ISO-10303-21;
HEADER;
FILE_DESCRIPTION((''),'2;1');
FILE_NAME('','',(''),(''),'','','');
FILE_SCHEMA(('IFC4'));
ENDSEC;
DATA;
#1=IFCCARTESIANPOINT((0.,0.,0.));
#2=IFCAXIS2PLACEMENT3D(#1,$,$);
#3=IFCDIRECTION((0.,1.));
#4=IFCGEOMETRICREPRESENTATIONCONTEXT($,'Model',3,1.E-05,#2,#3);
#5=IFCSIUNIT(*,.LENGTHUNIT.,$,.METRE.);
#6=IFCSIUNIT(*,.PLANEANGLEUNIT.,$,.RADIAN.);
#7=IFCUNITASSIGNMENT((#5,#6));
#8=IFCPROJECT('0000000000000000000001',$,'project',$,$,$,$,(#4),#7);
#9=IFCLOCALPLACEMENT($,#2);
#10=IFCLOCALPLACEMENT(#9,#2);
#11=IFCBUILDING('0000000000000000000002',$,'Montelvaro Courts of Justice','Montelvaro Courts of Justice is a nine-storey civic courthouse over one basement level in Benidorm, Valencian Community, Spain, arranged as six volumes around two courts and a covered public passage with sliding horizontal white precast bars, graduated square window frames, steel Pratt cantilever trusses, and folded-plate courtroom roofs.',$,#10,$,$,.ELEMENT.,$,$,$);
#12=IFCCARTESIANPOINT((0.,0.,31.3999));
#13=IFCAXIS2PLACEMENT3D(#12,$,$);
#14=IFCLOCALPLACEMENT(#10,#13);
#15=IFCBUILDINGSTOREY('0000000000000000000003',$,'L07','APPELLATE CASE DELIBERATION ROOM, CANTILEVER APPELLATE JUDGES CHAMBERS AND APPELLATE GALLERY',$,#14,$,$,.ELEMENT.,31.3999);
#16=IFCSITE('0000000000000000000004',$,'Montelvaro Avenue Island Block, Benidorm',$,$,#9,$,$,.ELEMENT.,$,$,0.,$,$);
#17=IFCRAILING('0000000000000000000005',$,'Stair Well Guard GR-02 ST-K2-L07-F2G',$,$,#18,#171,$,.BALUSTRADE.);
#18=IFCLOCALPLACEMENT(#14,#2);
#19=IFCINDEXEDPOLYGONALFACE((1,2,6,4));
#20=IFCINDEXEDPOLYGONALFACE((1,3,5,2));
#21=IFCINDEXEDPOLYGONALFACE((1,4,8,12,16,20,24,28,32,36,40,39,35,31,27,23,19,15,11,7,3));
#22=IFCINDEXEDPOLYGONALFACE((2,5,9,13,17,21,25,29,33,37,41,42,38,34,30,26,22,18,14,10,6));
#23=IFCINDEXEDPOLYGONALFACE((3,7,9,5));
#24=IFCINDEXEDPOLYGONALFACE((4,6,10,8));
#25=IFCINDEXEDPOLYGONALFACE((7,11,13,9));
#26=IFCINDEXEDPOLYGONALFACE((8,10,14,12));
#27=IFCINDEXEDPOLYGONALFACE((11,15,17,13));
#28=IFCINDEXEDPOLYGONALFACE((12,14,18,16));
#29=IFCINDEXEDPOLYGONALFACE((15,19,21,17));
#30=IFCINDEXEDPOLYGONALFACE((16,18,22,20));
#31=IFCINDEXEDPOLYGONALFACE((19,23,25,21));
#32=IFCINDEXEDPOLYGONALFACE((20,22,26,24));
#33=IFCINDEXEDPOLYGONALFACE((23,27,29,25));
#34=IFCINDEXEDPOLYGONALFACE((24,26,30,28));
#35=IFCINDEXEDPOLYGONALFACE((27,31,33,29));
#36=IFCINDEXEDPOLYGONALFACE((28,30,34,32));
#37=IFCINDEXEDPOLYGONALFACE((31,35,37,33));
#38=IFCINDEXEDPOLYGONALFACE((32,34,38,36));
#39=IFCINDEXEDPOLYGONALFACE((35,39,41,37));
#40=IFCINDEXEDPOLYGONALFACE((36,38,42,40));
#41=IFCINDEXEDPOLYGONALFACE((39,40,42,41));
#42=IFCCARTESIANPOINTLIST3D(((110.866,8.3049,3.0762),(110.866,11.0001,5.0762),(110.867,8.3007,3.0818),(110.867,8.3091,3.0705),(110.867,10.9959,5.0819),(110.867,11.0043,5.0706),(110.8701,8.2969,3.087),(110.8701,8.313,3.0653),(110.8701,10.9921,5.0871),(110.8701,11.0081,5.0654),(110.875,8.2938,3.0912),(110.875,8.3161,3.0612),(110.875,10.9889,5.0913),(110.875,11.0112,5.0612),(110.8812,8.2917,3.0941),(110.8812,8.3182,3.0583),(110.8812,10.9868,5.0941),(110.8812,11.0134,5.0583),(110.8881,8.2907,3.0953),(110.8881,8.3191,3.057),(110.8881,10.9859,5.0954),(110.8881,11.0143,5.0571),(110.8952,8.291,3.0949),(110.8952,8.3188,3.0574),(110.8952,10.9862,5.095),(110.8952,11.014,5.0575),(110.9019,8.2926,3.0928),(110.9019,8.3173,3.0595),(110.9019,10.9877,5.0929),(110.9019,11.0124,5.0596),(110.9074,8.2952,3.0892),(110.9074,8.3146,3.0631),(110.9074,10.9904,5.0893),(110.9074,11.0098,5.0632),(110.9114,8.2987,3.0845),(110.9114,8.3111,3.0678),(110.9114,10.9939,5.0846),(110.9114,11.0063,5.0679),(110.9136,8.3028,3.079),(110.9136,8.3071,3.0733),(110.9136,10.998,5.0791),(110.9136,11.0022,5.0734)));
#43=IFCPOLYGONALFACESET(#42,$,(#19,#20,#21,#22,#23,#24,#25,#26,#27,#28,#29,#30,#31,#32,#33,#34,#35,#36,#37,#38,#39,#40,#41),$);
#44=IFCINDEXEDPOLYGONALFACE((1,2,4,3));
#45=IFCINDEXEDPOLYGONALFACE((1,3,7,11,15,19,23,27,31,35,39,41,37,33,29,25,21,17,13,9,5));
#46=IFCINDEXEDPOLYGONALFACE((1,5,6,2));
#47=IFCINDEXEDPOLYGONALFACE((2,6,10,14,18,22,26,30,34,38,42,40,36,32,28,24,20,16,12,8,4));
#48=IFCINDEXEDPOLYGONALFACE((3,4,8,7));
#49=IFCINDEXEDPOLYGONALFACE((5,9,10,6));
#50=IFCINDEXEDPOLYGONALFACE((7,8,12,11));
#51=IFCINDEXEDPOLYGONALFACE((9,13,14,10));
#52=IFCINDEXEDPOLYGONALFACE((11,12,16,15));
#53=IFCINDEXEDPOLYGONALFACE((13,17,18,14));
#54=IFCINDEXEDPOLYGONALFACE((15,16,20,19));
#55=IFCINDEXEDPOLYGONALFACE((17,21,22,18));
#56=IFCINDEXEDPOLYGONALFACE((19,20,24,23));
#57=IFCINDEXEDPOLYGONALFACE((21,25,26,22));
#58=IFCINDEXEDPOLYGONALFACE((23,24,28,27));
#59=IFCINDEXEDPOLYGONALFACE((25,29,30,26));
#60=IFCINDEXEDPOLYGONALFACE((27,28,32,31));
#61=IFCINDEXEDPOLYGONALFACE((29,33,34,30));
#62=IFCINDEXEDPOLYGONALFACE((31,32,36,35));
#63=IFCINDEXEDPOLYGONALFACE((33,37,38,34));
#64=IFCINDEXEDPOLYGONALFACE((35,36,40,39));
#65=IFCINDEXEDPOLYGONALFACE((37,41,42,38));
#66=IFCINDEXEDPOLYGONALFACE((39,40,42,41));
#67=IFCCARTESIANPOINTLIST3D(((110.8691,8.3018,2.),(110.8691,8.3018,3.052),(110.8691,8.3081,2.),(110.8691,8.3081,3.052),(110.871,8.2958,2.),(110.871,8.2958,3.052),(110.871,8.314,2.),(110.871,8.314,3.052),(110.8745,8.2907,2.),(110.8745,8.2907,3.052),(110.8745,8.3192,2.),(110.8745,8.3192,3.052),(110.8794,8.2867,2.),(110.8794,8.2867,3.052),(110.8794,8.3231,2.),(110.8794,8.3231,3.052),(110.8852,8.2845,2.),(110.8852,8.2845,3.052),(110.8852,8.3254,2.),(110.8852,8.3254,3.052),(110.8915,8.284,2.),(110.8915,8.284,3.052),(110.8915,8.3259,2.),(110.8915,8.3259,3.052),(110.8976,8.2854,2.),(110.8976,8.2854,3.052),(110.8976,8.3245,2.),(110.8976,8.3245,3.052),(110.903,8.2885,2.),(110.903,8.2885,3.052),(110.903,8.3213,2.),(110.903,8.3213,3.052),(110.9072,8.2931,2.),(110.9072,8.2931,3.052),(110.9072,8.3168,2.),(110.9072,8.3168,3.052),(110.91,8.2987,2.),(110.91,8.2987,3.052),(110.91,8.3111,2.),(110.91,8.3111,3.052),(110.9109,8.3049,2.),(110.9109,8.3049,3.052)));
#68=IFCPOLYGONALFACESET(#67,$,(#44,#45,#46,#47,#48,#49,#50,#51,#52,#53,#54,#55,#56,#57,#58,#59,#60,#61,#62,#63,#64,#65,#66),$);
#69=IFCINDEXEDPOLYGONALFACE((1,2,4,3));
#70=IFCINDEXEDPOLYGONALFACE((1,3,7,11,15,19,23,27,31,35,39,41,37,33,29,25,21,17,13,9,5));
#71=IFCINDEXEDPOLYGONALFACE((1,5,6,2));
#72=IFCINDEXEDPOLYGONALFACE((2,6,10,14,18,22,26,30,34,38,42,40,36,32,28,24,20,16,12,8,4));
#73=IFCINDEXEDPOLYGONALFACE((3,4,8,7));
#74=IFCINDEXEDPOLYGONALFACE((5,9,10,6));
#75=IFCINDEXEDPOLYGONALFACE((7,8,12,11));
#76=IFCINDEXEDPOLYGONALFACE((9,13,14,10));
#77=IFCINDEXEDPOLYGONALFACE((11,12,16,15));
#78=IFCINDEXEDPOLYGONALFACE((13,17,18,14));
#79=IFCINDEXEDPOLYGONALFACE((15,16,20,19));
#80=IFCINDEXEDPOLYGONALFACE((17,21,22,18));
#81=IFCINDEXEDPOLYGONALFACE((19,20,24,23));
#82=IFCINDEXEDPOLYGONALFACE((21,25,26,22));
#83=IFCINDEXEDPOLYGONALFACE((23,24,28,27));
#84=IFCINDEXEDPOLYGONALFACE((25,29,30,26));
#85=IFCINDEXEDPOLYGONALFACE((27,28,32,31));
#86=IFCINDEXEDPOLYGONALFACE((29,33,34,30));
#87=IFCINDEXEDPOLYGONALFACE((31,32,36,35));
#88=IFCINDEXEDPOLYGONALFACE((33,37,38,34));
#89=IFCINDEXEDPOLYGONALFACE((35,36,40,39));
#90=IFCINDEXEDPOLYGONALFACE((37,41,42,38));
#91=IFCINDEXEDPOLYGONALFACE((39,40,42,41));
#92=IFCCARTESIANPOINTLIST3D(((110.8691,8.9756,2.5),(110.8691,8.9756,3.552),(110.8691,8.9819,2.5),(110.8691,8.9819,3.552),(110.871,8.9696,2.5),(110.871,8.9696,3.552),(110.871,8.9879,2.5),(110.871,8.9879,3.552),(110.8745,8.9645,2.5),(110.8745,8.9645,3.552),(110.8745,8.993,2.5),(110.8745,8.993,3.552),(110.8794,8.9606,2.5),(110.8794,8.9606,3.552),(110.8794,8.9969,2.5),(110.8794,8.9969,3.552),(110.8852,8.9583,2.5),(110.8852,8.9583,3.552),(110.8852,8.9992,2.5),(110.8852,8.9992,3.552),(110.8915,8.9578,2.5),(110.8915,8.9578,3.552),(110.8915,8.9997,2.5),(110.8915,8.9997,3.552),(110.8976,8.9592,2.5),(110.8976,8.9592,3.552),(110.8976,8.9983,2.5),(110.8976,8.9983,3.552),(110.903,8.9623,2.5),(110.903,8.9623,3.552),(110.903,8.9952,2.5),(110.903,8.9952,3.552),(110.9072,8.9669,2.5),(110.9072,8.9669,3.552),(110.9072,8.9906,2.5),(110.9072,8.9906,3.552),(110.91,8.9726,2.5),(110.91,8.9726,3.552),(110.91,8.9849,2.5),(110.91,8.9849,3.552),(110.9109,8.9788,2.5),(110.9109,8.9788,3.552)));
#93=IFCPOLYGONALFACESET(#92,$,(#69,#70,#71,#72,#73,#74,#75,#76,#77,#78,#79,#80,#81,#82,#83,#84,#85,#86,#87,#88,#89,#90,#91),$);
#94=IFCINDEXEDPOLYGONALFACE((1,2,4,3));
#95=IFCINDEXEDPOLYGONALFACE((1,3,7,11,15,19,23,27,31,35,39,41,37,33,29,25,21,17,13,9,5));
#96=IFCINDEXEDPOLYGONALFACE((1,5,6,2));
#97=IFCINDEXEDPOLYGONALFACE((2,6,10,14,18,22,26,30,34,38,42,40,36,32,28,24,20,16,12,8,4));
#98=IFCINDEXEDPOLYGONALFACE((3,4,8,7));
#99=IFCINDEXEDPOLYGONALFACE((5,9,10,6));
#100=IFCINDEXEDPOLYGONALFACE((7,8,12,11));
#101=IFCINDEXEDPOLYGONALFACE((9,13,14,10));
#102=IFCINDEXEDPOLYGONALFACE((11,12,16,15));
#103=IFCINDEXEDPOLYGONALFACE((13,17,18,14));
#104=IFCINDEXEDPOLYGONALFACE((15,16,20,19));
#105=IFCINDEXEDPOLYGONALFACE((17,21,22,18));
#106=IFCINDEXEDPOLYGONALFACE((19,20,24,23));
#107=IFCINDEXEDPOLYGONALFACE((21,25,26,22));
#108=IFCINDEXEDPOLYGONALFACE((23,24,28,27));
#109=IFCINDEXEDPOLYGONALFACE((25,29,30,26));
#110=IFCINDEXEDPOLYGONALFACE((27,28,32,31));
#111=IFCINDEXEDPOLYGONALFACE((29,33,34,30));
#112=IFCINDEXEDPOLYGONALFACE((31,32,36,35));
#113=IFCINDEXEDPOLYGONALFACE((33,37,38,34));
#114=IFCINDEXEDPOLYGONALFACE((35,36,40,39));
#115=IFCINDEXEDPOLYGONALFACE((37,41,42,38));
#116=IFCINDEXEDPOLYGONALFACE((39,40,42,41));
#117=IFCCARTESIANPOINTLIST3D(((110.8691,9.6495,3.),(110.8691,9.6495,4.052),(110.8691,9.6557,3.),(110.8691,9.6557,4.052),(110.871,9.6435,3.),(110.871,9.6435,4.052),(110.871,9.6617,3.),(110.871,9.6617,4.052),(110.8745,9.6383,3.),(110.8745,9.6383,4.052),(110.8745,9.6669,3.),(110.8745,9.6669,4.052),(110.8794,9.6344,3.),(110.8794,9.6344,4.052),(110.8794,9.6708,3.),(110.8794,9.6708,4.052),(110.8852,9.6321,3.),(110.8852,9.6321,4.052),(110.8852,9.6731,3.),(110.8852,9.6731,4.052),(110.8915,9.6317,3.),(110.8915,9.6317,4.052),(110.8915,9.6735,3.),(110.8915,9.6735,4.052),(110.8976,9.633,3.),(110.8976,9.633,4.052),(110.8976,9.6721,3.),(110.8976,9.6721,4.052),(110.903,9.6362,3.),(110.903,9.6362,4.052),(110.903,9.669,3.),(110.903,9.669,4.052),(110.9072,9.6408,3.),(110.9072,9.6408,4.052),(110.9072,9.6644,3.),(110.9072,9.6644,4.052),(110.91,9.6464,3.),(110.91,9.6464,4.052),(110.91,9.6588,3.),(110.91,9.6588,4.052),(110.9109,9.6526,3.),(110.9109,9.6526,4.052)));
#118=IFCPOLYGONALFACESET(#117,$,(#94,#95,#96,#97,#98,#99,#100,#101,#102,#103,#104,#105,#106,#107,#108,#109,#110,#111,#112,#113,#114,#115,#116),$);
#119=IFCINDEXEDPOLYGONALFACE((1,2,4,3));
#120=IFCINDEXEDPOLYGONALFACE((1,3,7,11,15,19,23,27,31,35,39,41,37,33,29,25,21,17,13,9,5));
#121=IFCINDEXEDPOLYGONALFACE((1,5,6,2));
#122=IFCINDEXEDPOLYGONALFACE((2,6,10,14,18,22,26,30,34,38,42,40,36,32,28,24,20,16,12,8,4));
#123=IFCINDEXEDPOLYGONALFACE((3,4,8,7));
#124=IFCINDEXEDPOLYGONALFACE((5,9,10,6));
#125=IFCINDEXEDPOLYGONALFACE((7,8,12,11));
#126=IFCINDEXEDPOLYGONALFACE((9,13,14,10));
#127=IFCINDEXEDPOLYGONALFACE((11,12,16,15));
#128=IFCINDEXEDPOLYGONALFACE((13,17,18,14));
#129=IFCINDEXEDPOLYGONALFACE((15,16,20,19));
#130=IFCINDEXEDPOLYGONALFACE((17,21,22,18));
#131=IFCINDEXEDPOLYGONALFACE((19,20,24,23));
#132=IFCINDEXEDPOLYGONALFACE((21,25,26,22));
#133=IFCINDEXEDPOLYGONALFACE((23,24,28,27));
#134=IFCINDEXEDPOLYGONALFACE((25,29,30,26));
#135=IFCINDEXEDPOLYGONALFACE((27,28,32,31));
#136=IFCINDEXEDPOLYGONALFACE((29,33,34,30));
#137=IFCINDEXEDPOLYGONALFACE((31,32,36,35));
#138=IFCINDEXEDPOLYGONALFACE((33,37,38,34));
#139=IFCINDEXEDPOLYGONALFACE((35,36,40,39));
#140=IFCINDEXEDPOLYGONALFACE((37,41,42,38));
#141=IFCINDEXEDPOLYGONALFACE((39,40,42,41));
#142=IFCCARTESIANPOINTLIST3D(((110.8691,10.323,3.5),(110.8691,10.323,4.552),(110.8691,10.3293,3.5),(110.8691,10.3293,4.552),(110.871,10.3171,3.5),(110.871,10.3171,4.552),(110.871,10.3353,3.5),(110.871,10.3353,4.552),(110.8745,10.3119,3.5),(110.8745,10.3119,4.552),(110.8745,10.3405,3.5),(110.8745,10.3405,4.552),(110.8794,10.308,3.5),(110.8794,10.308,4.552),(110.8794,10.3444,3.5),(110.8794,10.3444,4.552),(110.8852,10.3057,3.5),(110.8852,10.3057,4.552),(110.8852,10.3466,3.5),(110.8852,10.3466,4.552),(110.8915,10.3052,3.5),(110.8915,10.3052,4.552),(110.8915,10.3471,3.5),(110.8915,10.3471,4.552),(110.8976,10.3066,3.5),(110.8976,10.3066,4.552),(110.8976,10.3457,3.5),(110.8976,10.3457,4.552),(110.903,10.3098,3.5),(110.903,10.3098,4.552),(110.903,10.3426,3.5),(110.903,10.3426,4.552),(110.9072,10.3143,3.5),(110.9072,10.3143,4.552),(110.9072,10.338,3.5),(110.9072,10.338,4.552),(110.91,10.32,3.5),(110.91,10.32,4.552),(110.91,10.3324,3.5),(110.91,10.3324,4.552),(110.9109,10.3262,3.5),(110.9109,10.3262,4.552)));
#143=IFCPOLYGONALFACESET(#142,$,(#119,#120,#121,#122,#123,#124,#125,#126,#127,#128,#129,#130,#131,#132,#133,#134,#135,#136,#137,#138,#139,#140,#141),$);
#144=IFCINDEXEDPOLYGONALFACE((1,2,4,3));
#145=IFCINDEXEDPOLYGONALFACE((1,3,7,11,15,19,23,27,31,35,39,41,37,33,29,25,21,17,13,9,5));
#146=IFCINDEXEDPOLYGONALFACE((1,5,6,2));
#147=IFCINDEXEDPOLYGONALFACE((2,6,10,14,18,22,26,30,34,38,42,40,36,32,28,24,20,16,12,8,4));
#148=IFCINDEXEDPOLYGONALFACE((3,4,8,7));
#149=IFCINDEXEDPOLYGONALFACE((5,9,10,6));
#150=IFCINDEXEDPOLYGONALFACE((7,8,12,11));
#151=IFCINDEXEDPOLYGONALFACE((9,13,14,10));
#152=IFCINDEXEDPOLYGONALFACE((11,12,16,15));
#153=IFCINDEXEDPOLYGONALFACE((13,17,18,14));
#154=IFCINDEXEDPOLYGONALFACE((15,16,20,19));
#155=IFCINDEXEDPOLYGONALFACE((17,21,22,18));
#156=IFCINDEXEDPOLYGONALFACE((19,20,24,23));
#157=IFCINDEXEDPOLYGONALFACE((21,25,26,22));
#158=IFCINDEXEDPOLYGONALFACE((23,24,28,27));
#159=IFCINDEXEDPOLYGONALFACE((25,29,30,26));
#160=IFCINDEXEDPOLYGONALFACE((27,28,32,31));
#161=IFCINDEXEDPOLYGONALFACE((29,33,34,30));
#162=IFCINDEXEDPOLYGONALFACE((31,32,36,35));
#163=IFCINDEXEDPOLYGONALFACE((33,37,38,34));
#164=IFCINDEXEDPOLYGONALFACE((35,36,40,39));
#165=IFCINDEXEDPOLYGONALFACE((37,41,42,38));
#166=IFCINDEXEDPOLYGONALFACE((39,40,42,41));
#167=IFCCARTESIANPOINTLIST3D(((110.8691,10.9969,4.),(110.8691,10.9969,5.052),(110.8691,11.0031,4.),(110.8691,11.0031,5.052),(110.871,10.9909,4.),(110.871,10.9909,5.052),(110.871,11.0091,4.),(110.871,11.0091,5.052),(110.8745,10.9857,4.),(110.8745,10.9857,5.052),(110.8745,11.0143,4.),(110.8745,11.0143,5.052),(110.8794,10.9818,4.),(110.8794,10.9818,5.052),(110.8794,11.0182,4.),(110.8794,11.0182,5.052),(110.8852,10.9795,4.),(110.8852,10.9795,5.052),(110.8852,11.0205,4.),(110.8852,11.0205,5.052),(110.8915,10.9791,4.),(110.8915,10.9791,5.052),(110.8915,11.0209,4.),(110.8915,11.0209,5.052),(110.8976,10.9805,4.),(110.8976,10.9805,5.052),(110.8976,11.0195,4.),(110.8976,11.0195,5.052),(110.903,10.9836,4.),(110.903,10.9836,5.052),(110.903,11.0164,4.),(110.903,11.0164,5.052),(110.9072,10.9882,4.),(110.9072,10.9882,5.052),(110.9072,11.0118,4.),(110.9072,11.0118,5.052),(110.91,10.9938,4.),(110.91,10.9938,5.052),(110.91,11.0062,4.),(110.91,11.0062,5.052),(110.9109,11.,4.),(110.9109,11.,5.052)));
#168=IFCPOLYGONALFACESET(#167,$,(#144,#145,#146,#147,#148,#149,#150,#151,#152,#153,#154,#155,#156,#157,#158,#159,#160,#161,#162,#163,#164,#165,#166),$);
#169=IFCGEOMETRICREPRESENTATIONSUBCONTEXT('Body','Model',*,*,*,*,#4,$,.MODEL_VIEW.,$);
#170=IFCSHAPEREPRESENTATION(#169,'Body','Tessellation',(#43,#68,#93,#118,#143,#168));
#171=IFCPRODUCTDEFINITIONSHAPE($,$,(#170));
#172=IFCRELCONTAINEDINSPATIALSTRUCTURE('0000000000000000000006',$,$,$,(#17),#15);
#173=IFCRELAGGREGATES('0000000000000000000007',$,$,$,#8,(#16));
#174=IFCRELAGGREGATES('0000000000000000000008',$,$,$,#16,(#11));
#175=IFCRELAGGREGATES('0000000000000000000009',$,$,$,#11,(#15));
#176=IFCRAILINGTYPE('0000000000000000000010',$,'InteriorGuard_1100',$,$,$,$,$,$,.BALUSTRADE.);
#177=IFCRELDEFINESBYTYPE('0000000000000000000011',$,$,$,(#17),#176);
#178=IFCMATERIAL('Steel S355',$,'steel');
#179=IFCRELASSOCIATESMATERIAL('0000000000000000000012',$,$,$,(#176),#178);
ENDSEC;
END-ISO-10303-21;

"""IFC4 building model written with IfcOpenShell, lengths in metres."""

from ifc_helpers import new_model, si_unit, direction, frame, origin, origin_2d, place, context, subcontext, project, spatial, circle, extrude, material, type_object, element, save


model = new_model("IFC4")

# Units and contexts
model_context = context("Model", 3, precision=1e-05, world=origin(), true_north=direction((0.0, 1.0)))
body_context = subcontext(model_context, "Body", "Model", "MODEL_VIEW")
ifc_project = project(units=[si_unit("LENGTHUNIT", "METRE"), si_unit("PLANEANGLEUNIT", "RADIAN")], contexts=[model_context])

# Site, building, storey
site_placement = place(None, origin())
site = spatial("IfcSite", under=ifc_project, at=site_placement, Name="Montelvaro Avenue Island Block, Benidorm", CompositionType="ELEMENT", RefElevation=0.0)
building_placement = place(site_placement, origin())
building = spatial("IfcBuilding", under=site, at=building_placement, Name="Montelvaro Courts of Justice", Description="Montelvaro Courts of Justice is a nine-storey civic courthouse over one basement level in Benidorm, Valencian Community, Spain, arranged as six volumes around two courts and a covered public passage with sliding horizontal white precast bars, graduated square window frames, steel Pratt cantilever trusses, and folded-plate courtroom roofs.", CompositionType="ELEMENT")
storey_placement = place(building_placement, frame((0.0, 0.0, 31.3999)))
storey = spatial("IfcBuildingStorey", under=building, at=storey_placement, Name="L07", Description="APPELLATE CASE DELIBERATION ROOM, CANTILEVER APPELLATE JUDGES CHAMBERS AND APPELLATE GALLERY", CompositionType="ELEMENT", Elevation=31.3999)

# Shared definitions
ifc_material_1 = material(Name="Steel S355", Category="steel")

# Railing
railing_type_1 = type_object("IfcRailingType", Name="InteriorGuard_1100", PredefinedType="BALUSTRADE", material=ifc_material_1)
railing_1_placement = place(storey_placement, frame((110.8899, 8.3049, 2.0)))
element("IfcRailing", 1, at=railing_1_placement, inside=storey, type_object=railing_type_1, Name="Stair Well Guard GR-02 ST-K2-L07-F2G", PredefinedType="BALUSTRADE", context=body_context, shape_type="SweptSolid", body=[
    extrude(circle(Radius=0.0239, at=origin_2d()), frame((0.0, 0.0, 1.0762), z_axis=(0.0, 0.803036, 0.59593), x_axis=(-1.0, 0.0, 0.0)), (0.0, 0.0, 1.0), 3.3562),
    extrude(circle(Radius=0.021, at=origin_2d()), origin(), (0.0, 0.0, 1.0), 1.052),
    extrude(circle(Radius=0.021, at=origin_2d()), frame((0.0, 0.6738, 0.5)), (0.0, 0.0, 1.0), 1.052),
    extrude(circle(Radius=0.021, at=origin_2d()), frame((0.0, 1.3477, 1.0)), (0.0, 0.0, 1.0), 1.052),
    extrude(circle(Radius=0.021, at=origin_2d()), frame((0.0, 2.0212, 1.5)), (0.0, 0.0, 1.0), 1.052),
    extrude(circle(Radius=0.021, at=origin_2d()), frame((0.0, 2.6951, 2.0)), (0.0, 0.0, 1.0), 1.052),
])

save(model, "model.ifc")
